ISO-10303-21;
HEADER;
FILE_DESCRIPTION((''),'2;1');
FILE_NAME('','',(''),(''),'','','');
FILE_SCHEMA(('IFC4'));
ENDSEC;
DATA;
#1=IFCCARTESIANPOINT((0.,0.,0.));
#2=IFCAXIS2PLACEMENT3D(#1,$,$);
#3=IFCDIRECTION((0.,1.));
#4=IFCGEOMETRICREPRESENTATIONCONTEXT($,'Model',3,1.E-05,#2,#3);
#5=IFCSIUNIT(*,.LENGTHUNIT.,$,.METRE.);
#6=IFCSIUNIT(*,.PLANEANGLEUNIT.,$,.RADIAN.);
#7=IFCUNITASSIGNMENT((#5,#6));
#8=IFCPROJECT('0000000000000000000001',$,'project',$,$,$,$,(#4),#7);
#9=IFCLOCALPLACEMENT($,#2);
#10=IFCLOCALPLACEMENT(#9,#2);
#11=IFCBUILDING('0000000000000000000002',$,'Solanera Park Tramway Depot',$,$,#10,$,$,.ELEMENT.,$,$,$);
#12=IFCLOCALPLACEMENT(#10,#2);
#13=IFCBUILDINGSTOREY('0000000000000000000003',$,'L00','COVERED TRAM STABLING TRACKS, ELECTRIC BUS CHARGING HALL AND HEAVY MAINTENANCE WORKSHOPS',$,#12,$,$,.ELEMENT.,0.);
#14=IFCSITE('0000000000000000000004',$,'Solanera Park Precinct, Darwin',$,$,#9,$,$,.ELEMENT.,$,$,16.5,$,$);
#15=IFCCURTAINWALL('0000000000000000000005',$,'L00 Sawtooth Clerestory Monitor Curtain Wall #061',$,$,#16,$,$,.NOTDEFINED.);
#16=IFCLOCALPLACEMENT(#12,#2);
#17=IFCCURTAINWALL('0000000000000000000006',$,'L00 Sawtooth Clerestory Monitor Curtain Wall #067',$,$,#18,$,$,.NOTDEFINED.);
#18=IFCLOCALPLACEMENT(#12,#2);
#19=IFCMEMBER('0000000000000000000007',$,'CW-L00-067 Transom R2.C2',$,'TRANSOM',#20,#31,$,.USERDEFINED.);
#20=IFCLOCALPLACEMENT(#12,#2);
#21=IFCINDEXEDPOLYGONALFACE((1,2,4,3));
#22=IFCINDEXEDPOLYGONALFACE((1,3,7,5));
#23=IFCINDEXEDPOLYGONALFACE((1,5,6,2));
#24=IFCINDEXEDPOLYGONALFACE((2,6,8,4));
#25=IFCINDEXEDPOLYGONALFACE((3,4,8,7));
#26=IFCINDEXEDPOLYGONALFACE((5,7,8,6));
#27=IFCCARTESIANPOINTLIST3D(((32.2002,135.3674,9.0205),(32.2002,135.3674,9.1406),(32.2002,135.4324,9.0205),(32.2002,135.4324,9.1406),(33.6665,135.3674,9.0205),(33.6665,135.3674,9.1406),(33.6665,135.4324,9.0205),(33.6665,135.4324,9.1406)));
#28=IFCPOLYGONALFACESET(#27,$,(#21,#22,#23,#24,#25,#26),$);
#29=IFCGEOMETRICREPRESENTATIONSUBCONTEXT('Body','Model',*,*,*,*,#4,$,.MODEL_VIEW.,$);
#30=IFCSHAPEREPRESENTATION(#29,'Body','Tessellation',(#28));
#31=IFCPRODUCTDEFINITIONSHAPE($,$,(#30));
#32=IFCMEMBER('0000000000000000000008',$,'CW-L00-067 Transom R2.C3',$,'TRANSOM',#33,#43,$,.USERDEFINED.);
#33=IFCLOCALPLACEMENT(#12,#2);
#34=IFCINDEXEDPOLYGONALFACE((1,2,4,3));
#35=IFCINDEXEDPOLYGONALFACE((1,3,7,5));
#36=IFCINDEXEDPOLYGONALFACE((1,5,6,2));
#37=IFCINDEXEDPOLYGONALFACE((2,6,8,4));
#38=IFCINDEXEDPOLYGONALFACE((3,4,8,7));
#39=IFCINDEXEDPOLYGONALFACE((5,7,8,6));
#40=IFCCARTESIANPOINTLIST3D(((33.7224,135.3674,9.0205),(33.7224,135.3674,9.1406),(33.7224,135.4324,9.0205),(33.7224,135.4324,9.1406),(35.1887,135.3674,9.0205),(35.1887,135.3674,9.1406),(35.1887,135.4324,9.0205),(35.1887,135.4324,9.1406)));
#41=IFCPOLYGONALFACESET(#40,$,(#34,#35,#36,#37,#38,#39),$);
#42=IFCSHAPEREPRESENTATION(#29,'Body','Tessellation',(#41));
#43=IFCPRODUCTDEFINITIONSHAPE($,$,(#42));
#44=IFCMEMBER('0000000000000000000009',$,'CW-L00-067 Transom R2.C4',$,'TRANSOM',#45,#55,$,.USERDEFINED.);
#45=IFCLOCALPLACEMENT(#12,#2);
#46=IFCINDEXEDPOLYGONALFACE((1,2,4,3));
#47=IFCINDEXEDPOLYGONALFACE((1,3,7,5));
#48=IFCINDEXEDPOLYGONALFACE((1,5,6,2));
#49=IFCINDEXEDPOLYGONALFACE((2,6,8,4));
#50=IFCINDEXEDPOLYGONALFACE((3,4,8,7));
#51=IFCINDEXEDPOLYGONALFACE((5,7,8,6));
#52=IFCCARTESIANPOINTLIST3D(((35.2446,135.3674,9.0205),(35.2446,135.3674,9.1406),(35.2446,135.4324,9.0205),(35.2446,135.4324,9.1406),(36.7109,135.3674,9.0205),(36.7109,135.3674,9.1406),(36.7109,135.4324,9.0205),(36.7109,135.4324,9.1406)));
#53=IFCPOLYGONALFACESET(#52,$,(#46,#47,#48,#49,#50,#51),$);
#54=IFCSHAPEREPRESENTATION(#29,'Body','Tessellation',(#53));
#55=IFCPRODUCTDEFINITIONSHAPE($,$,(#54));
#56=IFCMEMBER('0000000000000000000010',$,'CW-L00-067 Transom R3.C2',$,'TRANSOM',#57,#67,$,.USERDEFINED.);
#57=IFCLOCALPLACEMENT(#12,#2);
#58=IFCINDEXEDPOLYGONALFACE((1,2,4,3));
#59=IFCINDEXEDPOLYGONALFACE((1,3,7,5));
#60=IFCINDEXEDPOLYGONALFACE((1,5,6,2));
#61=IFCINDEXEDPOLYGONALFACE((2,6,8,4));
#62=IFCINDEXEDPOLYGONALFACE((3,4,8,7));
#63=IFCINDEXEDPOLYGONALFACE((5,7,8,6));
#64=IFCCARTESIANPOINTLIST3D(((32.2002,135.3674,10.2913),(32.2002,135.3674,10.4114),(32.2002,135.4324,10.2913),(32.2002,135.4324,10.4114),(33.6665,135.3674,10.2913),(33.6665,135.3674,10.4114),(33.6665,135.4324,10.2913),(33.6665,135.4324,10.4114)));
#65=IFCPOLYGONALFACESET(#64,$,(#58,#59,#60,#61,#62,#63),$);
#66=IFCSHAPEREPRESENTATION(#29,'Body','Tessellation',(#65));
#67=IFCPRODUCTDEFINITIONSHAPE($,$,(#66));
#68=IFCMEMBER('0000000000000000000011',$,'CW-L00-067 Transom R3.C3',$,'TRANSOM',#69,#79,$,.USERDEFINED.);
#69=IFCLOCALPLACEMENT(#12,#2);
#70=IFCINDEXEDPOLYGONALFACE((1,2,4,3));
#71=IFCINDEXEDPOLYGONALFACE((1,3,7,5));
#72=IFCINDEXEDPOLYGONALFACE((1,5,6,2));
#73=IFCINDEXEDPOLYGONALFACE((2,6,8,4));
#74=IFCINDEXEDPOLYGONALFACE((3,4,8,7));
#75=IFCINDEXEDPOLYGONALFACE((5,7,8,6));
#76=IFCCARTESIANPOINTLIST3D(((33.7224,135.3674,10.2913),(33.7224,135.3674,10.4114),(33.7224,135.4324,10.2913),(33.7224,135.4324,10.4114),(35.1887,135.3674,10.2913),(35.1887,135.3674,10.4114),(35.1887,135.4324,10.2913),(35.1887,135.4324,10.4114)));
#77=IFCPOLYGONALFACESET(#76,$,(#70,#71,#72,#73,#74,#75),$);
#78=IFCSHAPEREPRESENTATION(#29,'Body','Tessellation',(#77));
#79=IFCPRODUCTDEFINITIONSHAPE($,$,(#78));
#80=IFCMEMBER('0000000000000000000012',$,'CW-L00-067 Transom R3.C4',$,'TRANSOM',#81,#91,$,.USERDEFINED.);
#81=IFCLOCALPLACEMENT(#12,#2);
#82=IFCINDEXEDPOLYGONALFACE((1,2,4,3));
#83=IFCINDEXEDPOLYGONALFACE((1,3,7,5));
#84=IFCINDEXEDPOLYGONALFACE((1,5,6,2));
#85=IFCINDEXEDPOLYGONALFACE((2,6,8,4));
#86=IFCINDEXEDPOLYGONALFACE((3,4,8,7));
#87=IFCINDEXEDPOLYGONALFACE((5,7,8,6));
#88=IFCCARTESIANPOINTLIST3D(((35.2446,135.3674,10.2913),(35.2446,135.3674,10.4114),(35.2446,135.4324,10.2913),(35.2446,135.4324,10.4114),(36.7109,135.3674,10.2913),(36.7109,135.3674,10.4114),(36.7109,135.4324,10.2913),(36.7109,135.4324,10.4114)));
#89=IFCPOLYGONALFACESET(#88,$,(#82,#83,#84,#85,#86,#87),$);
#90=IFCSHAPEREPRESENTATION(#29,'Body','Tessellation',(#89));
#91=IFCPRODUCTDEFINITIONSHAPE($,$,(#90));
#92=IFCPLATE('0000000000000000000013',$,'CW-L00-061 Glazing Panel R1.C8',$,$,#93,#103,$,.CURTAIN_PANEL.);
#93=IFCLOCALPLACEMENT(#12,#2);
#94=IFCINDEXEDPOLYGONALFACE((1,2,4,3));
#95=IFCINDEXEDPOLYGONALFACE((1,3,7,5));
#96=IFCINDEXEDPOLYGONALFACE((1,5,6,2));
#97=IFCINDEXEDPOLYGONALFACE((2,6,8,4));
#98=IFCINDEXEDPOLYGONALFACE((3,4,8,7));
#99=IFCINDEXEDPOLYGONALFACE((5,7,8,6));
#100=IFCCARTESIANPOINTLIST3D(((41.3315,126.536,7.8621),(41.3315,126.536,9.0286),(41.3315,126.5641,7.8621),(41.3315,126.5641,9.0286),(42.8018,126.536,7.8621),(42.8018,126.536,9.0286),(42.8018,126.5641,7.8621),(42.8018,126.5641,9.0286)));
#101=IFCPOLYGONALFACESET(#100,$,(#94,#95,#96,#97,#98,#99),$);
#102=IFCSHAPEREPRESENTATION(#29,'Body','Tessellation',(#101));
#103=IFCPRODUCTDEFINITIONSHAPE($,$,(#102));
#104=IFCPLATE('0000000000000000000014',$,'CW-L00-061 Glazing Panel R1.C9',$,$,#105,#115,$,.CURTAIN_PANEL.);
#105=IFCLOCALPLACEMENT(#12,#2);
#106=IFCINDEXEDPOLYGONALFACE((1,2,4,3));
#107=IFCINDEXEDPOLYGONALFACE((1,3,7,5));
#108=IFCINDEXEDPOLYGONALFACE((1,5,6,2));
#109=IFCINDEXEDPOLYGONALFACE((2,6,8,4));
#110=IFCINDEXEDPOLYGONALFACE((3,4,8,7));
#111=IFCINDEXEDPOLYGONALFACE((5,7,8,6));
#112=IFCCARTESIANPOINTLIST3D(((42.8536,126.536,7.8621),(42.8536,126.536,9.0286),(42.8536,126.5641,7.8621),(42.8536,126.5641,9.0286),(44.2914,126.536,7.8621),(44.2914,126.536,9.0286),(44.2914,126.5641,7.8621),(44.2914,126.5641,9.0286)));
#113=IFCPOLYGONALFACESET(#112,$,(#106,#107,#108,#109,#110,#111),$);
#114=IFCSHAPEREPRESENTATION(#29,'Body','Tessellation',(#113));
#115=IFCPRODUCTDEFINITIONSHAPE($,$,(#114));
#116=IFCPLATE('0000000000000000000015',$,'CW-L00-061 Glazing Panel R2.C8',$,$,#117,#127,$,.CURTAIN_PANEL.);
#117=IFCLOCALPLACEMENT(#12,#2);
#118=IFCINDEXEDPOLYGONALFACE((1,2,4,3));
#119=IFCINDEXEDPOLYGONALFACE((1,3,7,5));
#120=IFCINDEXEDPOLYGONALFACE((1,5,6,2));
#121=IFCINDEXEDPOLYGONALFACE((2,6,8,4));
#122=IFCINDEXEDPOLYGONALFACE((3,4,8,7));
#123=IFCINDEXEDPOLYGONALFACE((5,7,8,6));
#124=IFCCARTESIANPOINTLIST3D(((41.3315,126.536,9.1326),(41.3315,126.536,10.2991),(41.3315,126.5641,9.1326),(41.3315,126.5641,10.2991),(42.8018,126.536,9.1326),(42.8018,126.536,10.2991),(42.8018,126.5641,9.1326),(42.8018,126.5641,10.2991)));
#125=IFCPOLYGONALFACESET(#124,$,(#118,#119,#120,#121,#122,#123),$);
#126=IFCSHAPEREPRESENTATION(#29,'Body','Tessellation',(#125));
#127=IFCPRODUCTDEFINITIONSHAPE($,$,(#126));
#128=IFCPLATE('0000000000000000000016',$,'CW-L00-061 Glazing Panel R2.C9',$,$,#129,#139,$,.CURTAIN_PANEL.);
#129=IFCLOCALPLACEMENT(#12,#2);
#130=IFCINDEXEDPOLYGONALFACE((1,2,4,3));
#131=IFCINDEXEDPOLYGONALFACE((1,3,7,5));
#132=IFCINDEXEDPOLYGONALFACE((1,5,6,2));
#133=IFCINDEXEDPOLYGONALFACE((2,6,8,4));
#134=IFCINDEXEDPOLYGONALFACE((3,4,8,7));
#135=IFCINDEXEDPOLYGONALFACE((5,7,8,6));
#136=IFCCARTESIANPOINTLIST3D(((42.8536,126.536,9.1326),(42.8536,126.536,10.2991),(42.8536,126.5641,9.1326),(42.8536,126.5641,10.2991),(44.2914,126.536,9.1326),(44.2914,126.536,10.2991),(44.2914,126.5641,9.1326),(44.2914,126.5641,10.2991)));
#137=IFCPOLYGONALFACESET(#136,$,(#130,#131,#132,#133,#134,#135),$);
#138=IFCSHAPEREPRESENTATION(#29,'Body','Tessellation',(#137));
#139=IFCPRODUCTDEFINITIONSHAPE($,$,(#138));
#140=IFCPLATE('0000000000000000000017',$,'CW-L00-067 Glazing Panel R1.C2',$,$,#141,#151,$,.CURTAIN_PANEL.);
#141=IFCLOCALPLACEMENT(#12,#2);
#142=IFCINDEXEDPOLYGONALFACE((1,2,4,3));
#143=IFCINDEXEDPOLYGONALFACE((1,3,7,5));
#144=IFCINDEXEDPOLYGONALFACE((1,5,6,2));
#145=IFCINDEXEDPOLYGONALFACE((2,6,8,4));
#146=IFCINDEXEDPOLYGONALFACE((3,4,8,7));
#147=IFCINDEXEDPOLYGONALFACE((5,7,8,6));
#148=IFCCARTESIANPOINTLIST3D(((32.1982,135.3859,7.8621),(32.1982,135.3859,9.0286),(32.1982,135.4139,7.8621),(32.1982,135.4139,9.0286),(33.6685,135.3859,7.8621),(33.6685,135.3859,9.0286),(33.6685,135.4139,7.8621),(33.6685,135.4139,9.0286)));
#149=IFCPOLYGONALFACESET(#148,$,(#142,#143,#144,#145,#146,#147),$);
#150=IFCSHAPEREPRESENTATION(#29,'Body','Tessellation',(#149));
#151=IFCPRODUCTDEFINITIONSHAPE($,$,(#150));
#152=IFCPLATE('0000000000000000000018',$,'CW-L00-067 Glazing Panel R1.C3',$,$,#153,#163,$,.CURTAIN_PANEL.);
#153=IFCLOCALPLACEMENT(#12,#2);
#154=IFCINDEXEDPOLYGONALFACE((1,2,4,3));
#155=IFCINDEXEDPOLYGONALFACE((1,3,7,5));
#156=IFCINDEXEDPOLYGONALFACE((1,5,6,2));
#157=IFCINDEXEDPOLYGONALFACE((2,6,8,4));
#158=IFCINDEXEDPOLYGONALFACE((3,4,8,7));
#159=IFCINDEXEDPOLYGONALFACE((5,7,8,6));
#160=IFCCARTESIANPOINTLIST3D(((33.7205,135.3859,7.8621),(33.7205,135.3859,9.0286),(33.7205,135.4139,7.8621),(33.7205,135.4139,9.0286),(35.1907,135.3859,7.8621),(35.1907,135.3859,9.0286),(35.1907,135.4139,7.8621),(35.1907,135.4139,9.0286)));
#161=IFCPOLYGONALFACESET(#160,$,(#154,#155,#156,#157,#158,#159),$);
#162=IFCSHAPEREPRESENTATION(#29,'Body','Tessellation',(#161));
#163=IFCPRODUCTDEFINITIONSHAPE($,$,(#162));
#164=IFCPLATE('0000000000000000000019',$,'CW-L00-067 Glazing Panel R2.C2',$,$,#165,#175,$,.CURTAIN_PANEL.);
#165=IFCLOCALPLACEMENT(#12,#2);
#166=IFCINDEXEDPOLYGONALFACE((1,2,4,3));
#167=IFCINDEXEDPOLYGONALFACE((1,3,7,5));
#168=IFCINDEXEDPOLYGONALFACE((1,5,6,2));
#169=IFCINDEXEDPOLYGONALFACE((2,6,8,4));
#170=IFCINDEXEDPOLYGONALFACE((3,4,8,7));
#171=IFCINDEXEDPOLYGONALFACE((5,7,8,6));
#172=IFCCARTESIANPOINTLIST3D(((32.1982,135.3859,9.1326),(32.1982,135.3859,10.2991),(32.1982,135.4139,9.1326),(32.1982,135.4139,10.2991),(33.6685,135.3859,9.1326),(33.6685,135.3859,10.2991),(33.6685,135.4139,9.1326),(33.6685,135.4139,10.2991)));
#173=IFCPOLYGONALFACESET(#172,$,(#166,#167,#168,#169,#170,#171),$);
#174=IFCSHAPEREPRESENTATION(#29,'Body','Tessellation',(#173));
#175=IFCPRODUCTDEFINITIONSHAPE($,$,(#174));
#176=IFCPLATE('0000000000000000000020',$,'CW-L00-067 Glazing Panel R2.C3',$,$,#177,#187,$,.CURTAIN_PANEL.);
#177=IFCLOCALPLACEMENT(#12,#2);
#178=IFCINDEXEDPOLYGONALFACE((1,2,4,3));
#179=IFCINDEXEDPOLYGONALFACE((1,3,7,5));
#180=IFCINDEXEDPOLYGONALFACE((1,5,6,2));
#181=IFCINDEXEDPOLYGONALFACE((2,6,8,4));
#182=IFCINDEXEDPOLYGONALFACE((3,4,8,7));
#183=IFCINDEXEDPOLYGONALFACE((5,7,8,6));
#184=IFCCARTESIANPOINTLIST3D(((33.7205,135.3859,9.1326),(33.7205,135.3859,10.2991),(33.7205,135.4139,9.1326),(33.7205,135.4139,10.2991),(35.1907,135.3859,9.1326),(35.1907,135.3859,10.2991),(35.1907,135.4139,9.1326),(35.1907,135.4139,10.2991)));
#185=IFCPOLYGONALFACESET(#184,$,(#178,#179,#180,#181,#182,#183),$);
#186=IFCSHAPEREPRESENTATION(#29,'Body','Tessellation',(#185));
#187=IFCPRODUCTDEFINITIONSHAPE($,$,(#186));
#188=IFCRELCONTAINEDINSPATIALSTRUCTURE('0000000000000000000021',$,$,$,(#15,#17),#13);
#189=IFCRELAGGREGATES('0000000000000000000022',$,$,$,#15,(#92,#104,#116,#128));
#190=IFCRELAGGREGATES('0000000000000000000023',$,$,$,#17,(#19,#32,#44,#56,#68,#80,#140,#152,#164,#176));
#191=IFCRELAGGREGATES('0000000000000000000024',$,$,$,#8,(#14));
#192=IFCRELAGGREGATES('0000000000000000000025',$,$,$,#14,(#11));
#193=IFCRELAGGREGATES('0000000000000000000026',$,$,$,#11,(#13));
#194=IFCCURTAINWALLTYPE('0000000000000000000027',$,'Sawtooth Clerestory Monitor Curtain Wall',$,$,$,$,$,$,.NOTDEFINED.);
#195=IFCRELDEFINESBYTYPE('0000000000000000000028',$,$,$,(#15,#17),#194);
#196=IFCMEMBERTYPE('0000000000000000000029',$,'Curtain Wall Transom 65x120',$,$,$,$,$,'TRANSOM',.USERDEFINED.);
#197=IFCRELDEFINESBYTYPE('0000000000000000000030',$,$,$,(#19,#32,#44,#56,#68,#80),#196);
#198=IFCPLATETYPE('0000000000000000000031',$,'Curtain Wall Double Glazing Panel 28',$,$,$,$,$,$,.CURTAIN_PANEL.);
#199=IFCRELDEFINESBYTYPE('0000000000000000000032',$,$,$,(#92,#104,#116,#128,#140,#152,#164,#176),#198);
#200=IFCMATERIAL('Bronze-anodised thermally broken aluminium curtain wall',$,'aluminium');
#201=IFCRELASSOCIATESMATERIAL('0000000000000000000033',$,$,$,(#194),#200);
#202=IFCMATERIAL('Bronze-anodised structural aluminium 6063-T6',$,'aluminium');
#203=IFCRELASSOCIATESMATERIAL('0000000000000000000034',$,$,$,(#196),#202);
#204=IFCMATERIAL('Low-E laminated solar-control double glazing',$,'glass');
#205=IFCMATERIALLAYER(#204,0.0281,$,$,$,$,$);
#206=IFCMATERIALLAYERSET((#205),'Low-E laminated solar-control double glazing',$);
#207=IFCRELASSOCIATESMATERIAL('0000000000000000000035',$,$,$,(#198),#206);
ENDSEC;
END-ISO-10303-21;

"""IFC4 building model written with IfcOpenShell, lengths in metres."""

from ifc_helpers import new_model, si_unit, direction, frame, origin, origin_2d, place, context, subcontext, project, spatial, rectangle, extrude, material, layer, layer_set, material_profile, profile_set, type_object, element, aggregate, save


model = new_model("IFC4")

# Units and contexts
model_context = context("Model", 3, precision=1e-05, world=origin(), true_north=direction((0.0, 1.0)))
body_context = subcontext(model_context, "Body", "Model", "MODEL_VIEW")
ifc_project = project(units=[si_unit("LENGTHUNIT", "METRE"), si_unit("PLANEANGLEUNIT", "RADIAN")], contexts=[model_context])

# Site, building, storey
site_placement = place(None, origin())
site = spatial("IfcSite", under=ifc_project, at=site_placement, Name="Solanera Park Precinct, Darwin", CompositionType="ELEMENT", RefElevation=16.5)
building_placement = place(site_placement, origin())
building = spatial("IfcBuilding", under=site, at=building_placement, Name="Solanera Park Tramway Depot", CompositionType="ELEMENT")
storey_placement = place(building_placement, origin())
storey = spatial("IfcBuildingStorey", under=building, at=storey_placement, Name="L00", Description="COVERED TRAM STABLING TRACKS, ELECTRIC BUS CHARGING HALL AND HEAVY MAINTENANCE WORKSHOPS", CompositionType="ELEMENT", Elevation=0.0)

# Curtain walls
ifc_material_1 = material(Name="Bronze-anodised thermally broken aluminium curtain wall", Category="aluminium")
curtain_wall_type = type_object("IfcCurtainWallType", Name="Sawtooth Clerestory Monitor Curtain Wall", PredefinedType="NOTDEFINED", material=ifc_material_1)
curtain_wall_1_placement = place(storey_placement, origin())
curtain_wall_1 = element("IfcCurtainWall", 1, at=curtain_wall_1_placement, inside=storey, type_object=curtain_wall_type, Name="L00 Sawtooth Clerestory Monitor Curtain Wall #061", PredefinedType="NOTDEFINED")
curtain_wall_2_placement = place(storey_placement, origin())
curtain_wall_2 = element("IfcCurtainWall", 2, at=curtain_wall_2_placement, inside=storey, type_object=curtain_wall_type, Name="L00 Sawtooth Clerestory Monitor Curtain Wall #067", PredefinedType="NOTDEFINED")

# Members
ifc_material_2 = material(Name="Bronze-anodised structural aluminium 6063-T6", Category="aluminium")
ifc_material_profile_1 = material_profile(ifc_material_2, rectangle(XDim=0.0649, YDim=0.1201, at=origin_2d()), Name="Curtain Wall Transom 65x120")
ifc_profile_set_1 = profile_set([ifc_material_profile_1], Name="Bronze-anodised structural aluminium 6063-T6")
member_type_1 = type_object("IfcMemberType", Name="Curtain Wall Transom 65x120", ElementType="TRANSOM", PredefinedType="USERDEFINED", material=ifc_profile_set_1)
member_1_placement = place(storey_placement, frame((32.2002, 135.3999, 9.0806), z_axis=(1.0, 0.0, 0.0), x_axis=(0.0, 1.0, 0.0)))
member_1 = element("IfcMember", 3, at=member_1_placement, type_object=member_type_1, Name="CW-L00-067 Transom R2.C2", ObjectType="TRANSOM", PredefinedType="USERDEFINED", context=body_context, shape_type="SweptSolid", body=[
    extrude(rectangle(XDim=0.0649, YDim=0.1201, at=origin_2d()), origin(), (0.0, 0.0, 1.0), 1.4663),
])
member_2_placement = place(storey_placement, frame((33.7224, 135.3999, 9.0806), z_axis=(1.0, 0.0, 0.0), x_axis=(0.0, 1.0, 0.0)))
member_2 = element("IfcMember", 4, at=member_2_placement, type_object=member_type_1, Name="CW-L00-067 Transom R2.C3", ObjectType="TRANSOM", PredefinedType="USERDEFINED", context=body_context, shape_type="SweptSolid", body=[
    extrude(rectangle(XDim=0.0649, YDim=0.1201, at=origin_2d()), origin(), (0.0, 0.0, 1.0), 1.4663),
])
member_3_placement = place(storey_placement, frame((35.2446, 135.3999, 9.0806), z_axis=(1.0, 0.0, 0.0), x_axis=(0.0, 1.0, 0.0)))
member_3 = element("IfcMember", 5, at=member_3_placement, type_object=member_type_1, Name="CW-L00-067 Transom R2.C4", ObjectType="TRANSOM", PredefinedType="USERDEFINED", context=body_context, shape_type="SweptSolid", body=[
    extrude(rectangle(XDim=0.0649, YDim=0.1201, at=origin_2d()), origin(), (0.0, 0.0, 1.0), 1.4663),
])
member_4_placement = place(storey_placement, frame((32.2002, 135.3999, 10.3513), z_axis=(1.0, 0.0, 0.0), x_axis=(0.0, 1.0, 0.0)))
member_4 = element("IfcMember", 6, at=member_4_placement, type_object=member_type_1, Name="CW-L00-067 Transom R3.C2", ObjectType="TRANSOM", PredefinedType="USERDEFINED", context=body_context, shape_type="SweptSolid", body=[
    extrude(rectangle(XDim=0.0649, YDim=0.1201, at=origin_2d()), origin(), (0.0, 0.0, 1.0), 1.4663),
])
member_5_placement = place(storey_placement, frame((33.7224, 135.3999, 10.3513), z_axis=(1.0, 0.0, 0.0), x_axis=(0.0, 1.0, 0.0)))
member_5 = element("IfcMember", 7, at=member_5_placement, type_object=member_type_1, Name="CW-L00-067 Transom R3.C3", ObjectType="TRANSOM", PredefinedType="USERDEFINED", context=body_context, shape_type="SweptSolid", body=[
    extrude(rectangle(XDim=0.0649, YDim=0.1201, at=origin_2d()), origin(), (0.0, 0.0, 1.0), 1.4663),
])
member_6_placement = place(storey_placement, frame((35.2446, 135.3999, 10.3513), z_axis=(1.0, 0.0, 0.0), x_axis=(0.0, 1.0, 0.0)))
member_6 = element("IfcMember", 8, at=member_6_placement, type_object=member_type_1, Name="CW-L00-067 Transom R3.C4", ObjectType="TRANSOM", PredefinedType="USERDEFINED", context=body_context, shape_type="SweptSolid", body=[
    extrude(rectangle(XDim=0.0649, YDim=0.1201, at=origin_2d()), origin(), (0.0, 0.0, 1.0), 1.4663),
])

# Plates
ifc_material_3 = material(Name="Low-E laminated solar-control double glazing", Category="glass")
ifc_layer_1 = layer(ifc_material_3, 0.0281)
ifc_layer_set_1 = layer_set([ifc_layer_1], Name="Low-E laminated solar-control double glazing")
plate_type_1 = type_object("IfcPlateType", Name="Curtain Wall Double Glazing Panel 28", PredefinedType="CURTAIN_PANEL", material=ifc_layer_set_1)
plate_1_placement = place(storey_placement, frame((42.0667, 126.55, 7.8621), z_axis=(0.0, 0.0, 1.0), x_axis=(1.0, 0.0, 0.0)))
plate_1 = element("IfcPlate", 9, at=plate_1_placement, type_object=plate_type_1, Name="CW-L00-061 Glazing Panel R1.C8", PredefinedType="CURTAIN_PANEL", context=body_context, shape_type="SweptSolid", body=[
    extrude(rectangle(XDim=1.4702, YDim=0.0281, at=origin_2d()), origin(), (0.0, 0.0, 1.0), 1.1665),
])
plate_2_placement = place(storey_placement, frame((43.5725, 126.55, 7.8621), z_axis=(0.0, 0.0, 1.0), x_axis=(1.0, 0.0, 0.0)))
plate_2 = element("IfcPlate", 10, at=plate_2_placement, type_object=plate_type_1, Name="CW-L00-061 Glazing Panel R1.C9", PredefinedType="CURTAIN_PANEL", context=body_context, shape_type="SweptSolid", body=[
    extrude(rectangle(XDim=1.4377, YDim=0.0281, at=origin_2d()), origin(), (0.0, 0.0, 1.0), 1.1665),
])
plate_3_placement = place(storey_placement, frame((42.0667, 126.55, 9.1326), z_axis=(0.0, 0.0, 1.0), x_axis=(1.0, 0.0, 0.0)))
plate_3 = element("IfcPlate", 11, at=plate_3_placement, type_object=plate_type_1, Name="CW-L00-061 Glazing Panel R2.C8", PredefinedType="CURTAIN_PANEL", context=body_context, shape_type="SweptSolid", body=[
    extrude(rectangle(XDim=1.4702, YDim=0.0281, at=origin_2d()), origin(), (0.0, 0.0, 1.0), 1.1665),
])
plate_4_placement = place(storey_placement, frame((43.5725, 126.55, 9.1326), z_axis=(0.0, 0.0, 1.0), x_axis=(1.0, 0.0, 0.0)))
plate_4 = element("IfcPlate", 12, at=plate_4_placement, type_object=plate_type_1, Name="CW-L00-061 Glazing Panel R2.C9", PredefinedType="CURTAIN_PANEL", context=body_context, shape_type="SweptSolid", body=[
    extrude(rectangle(XDim=1.4377, YDim=0.0281, at=origin_2d()), origin(), (0.0, 0.0, 1.0), 1.1665),
])
aggregate(curtain_wall_1, [plate_1, plate_2, plate_3, plate_4])
plate_5_placement = place(storey_placement, frame((32.9333, 135.3999, 7.8621), z_axis=(0.0, 0.0, 1.0), x_axis=(1.0, 0.0, 0.0)))
plate_5 = element("IfcPlate", 13, at=plate_5_placement, type_object=plate_type_1, Name="CW-L00-067 Glazing Panel R1.C2", PredefinedType="CURTAIN_PANEL", context=body_context, shape_type="SweptSolid", body=[
    extrude(rectangle(XDim=1.4702, YDim=0.0281, at=origin_2d()), origin(), (0.0, 0.0, 1.0), 1.1665),
])
plate_6_placement = place(storey_placement, frame((34.4556, 135.3999, 7.8621), z_axis=(0.0, 0.0, 1.0), x_axis=(1.0, 0.0, 0.0)))
plate_6 = element("IfcPlate", 14, at=plate_6_placement, type_object=plate_type_1, Name="CW-L00-067 Glazing Panel R1.C3", PredefinedType="CURTAIN_PANEL", context=body_context, shape_type="SweptSolid", body=[
    extrude(rectangle(XDim=1.4702, YDim=0.0281, at=origin_2d()), origin(), (0.0, 0.0, 1.0), 1.1665),
])
plate_7_placement = place(storey_placement, frame((32.9333, 135.3999, 9.1326), z_axis=(0.0, 0.0, 1.0), x_axis=(1.0, 0.0, 0.0)))
plate_7 = element("IfcPlate", 15, at=plate_7_placement, type_object=plate_type_1, Name="CW-L00-067 Glazing Panel R2.C2", PredefinedType="CURTAIN_PANEL", context=body_context, shape_type="SweptSolid", body=[
    extrude(rectangle(XDim=1.4702, YDim=0.0281, at=origin_2d()), origin(), (0.0, 0.0, 1.0), 1.1665),
])
plate_8_placement = place(storey_placement, frame((34.4556, 135.3999, 9.1326), z_axis=(0.0, 0.0, 1.0), x_axis=(1.0, 0.0, 0.0)))
plate_8 = element("IfcPlate", 16, at=plate_8_placement, type_object=plate_type_1, Name="CW-L00-067 Glazing Panel R2.C3", PredefinedType="CURTAIN_PANEL", context=body_context, shape_type="SweptSolid", body=[
    extrude(rectangle(XDim=1.4702, YDim=0.0281, at=origin_2d()), origin(), (0.0, 0.0, 1.0), 1.1665),
])
aggregate(curtain_wall_2, [member_1, member_2, member_3, member_4, member_5, member_6, plate_5, plate_6, plate_7, plate_8])

save(model, "model.ifc")
